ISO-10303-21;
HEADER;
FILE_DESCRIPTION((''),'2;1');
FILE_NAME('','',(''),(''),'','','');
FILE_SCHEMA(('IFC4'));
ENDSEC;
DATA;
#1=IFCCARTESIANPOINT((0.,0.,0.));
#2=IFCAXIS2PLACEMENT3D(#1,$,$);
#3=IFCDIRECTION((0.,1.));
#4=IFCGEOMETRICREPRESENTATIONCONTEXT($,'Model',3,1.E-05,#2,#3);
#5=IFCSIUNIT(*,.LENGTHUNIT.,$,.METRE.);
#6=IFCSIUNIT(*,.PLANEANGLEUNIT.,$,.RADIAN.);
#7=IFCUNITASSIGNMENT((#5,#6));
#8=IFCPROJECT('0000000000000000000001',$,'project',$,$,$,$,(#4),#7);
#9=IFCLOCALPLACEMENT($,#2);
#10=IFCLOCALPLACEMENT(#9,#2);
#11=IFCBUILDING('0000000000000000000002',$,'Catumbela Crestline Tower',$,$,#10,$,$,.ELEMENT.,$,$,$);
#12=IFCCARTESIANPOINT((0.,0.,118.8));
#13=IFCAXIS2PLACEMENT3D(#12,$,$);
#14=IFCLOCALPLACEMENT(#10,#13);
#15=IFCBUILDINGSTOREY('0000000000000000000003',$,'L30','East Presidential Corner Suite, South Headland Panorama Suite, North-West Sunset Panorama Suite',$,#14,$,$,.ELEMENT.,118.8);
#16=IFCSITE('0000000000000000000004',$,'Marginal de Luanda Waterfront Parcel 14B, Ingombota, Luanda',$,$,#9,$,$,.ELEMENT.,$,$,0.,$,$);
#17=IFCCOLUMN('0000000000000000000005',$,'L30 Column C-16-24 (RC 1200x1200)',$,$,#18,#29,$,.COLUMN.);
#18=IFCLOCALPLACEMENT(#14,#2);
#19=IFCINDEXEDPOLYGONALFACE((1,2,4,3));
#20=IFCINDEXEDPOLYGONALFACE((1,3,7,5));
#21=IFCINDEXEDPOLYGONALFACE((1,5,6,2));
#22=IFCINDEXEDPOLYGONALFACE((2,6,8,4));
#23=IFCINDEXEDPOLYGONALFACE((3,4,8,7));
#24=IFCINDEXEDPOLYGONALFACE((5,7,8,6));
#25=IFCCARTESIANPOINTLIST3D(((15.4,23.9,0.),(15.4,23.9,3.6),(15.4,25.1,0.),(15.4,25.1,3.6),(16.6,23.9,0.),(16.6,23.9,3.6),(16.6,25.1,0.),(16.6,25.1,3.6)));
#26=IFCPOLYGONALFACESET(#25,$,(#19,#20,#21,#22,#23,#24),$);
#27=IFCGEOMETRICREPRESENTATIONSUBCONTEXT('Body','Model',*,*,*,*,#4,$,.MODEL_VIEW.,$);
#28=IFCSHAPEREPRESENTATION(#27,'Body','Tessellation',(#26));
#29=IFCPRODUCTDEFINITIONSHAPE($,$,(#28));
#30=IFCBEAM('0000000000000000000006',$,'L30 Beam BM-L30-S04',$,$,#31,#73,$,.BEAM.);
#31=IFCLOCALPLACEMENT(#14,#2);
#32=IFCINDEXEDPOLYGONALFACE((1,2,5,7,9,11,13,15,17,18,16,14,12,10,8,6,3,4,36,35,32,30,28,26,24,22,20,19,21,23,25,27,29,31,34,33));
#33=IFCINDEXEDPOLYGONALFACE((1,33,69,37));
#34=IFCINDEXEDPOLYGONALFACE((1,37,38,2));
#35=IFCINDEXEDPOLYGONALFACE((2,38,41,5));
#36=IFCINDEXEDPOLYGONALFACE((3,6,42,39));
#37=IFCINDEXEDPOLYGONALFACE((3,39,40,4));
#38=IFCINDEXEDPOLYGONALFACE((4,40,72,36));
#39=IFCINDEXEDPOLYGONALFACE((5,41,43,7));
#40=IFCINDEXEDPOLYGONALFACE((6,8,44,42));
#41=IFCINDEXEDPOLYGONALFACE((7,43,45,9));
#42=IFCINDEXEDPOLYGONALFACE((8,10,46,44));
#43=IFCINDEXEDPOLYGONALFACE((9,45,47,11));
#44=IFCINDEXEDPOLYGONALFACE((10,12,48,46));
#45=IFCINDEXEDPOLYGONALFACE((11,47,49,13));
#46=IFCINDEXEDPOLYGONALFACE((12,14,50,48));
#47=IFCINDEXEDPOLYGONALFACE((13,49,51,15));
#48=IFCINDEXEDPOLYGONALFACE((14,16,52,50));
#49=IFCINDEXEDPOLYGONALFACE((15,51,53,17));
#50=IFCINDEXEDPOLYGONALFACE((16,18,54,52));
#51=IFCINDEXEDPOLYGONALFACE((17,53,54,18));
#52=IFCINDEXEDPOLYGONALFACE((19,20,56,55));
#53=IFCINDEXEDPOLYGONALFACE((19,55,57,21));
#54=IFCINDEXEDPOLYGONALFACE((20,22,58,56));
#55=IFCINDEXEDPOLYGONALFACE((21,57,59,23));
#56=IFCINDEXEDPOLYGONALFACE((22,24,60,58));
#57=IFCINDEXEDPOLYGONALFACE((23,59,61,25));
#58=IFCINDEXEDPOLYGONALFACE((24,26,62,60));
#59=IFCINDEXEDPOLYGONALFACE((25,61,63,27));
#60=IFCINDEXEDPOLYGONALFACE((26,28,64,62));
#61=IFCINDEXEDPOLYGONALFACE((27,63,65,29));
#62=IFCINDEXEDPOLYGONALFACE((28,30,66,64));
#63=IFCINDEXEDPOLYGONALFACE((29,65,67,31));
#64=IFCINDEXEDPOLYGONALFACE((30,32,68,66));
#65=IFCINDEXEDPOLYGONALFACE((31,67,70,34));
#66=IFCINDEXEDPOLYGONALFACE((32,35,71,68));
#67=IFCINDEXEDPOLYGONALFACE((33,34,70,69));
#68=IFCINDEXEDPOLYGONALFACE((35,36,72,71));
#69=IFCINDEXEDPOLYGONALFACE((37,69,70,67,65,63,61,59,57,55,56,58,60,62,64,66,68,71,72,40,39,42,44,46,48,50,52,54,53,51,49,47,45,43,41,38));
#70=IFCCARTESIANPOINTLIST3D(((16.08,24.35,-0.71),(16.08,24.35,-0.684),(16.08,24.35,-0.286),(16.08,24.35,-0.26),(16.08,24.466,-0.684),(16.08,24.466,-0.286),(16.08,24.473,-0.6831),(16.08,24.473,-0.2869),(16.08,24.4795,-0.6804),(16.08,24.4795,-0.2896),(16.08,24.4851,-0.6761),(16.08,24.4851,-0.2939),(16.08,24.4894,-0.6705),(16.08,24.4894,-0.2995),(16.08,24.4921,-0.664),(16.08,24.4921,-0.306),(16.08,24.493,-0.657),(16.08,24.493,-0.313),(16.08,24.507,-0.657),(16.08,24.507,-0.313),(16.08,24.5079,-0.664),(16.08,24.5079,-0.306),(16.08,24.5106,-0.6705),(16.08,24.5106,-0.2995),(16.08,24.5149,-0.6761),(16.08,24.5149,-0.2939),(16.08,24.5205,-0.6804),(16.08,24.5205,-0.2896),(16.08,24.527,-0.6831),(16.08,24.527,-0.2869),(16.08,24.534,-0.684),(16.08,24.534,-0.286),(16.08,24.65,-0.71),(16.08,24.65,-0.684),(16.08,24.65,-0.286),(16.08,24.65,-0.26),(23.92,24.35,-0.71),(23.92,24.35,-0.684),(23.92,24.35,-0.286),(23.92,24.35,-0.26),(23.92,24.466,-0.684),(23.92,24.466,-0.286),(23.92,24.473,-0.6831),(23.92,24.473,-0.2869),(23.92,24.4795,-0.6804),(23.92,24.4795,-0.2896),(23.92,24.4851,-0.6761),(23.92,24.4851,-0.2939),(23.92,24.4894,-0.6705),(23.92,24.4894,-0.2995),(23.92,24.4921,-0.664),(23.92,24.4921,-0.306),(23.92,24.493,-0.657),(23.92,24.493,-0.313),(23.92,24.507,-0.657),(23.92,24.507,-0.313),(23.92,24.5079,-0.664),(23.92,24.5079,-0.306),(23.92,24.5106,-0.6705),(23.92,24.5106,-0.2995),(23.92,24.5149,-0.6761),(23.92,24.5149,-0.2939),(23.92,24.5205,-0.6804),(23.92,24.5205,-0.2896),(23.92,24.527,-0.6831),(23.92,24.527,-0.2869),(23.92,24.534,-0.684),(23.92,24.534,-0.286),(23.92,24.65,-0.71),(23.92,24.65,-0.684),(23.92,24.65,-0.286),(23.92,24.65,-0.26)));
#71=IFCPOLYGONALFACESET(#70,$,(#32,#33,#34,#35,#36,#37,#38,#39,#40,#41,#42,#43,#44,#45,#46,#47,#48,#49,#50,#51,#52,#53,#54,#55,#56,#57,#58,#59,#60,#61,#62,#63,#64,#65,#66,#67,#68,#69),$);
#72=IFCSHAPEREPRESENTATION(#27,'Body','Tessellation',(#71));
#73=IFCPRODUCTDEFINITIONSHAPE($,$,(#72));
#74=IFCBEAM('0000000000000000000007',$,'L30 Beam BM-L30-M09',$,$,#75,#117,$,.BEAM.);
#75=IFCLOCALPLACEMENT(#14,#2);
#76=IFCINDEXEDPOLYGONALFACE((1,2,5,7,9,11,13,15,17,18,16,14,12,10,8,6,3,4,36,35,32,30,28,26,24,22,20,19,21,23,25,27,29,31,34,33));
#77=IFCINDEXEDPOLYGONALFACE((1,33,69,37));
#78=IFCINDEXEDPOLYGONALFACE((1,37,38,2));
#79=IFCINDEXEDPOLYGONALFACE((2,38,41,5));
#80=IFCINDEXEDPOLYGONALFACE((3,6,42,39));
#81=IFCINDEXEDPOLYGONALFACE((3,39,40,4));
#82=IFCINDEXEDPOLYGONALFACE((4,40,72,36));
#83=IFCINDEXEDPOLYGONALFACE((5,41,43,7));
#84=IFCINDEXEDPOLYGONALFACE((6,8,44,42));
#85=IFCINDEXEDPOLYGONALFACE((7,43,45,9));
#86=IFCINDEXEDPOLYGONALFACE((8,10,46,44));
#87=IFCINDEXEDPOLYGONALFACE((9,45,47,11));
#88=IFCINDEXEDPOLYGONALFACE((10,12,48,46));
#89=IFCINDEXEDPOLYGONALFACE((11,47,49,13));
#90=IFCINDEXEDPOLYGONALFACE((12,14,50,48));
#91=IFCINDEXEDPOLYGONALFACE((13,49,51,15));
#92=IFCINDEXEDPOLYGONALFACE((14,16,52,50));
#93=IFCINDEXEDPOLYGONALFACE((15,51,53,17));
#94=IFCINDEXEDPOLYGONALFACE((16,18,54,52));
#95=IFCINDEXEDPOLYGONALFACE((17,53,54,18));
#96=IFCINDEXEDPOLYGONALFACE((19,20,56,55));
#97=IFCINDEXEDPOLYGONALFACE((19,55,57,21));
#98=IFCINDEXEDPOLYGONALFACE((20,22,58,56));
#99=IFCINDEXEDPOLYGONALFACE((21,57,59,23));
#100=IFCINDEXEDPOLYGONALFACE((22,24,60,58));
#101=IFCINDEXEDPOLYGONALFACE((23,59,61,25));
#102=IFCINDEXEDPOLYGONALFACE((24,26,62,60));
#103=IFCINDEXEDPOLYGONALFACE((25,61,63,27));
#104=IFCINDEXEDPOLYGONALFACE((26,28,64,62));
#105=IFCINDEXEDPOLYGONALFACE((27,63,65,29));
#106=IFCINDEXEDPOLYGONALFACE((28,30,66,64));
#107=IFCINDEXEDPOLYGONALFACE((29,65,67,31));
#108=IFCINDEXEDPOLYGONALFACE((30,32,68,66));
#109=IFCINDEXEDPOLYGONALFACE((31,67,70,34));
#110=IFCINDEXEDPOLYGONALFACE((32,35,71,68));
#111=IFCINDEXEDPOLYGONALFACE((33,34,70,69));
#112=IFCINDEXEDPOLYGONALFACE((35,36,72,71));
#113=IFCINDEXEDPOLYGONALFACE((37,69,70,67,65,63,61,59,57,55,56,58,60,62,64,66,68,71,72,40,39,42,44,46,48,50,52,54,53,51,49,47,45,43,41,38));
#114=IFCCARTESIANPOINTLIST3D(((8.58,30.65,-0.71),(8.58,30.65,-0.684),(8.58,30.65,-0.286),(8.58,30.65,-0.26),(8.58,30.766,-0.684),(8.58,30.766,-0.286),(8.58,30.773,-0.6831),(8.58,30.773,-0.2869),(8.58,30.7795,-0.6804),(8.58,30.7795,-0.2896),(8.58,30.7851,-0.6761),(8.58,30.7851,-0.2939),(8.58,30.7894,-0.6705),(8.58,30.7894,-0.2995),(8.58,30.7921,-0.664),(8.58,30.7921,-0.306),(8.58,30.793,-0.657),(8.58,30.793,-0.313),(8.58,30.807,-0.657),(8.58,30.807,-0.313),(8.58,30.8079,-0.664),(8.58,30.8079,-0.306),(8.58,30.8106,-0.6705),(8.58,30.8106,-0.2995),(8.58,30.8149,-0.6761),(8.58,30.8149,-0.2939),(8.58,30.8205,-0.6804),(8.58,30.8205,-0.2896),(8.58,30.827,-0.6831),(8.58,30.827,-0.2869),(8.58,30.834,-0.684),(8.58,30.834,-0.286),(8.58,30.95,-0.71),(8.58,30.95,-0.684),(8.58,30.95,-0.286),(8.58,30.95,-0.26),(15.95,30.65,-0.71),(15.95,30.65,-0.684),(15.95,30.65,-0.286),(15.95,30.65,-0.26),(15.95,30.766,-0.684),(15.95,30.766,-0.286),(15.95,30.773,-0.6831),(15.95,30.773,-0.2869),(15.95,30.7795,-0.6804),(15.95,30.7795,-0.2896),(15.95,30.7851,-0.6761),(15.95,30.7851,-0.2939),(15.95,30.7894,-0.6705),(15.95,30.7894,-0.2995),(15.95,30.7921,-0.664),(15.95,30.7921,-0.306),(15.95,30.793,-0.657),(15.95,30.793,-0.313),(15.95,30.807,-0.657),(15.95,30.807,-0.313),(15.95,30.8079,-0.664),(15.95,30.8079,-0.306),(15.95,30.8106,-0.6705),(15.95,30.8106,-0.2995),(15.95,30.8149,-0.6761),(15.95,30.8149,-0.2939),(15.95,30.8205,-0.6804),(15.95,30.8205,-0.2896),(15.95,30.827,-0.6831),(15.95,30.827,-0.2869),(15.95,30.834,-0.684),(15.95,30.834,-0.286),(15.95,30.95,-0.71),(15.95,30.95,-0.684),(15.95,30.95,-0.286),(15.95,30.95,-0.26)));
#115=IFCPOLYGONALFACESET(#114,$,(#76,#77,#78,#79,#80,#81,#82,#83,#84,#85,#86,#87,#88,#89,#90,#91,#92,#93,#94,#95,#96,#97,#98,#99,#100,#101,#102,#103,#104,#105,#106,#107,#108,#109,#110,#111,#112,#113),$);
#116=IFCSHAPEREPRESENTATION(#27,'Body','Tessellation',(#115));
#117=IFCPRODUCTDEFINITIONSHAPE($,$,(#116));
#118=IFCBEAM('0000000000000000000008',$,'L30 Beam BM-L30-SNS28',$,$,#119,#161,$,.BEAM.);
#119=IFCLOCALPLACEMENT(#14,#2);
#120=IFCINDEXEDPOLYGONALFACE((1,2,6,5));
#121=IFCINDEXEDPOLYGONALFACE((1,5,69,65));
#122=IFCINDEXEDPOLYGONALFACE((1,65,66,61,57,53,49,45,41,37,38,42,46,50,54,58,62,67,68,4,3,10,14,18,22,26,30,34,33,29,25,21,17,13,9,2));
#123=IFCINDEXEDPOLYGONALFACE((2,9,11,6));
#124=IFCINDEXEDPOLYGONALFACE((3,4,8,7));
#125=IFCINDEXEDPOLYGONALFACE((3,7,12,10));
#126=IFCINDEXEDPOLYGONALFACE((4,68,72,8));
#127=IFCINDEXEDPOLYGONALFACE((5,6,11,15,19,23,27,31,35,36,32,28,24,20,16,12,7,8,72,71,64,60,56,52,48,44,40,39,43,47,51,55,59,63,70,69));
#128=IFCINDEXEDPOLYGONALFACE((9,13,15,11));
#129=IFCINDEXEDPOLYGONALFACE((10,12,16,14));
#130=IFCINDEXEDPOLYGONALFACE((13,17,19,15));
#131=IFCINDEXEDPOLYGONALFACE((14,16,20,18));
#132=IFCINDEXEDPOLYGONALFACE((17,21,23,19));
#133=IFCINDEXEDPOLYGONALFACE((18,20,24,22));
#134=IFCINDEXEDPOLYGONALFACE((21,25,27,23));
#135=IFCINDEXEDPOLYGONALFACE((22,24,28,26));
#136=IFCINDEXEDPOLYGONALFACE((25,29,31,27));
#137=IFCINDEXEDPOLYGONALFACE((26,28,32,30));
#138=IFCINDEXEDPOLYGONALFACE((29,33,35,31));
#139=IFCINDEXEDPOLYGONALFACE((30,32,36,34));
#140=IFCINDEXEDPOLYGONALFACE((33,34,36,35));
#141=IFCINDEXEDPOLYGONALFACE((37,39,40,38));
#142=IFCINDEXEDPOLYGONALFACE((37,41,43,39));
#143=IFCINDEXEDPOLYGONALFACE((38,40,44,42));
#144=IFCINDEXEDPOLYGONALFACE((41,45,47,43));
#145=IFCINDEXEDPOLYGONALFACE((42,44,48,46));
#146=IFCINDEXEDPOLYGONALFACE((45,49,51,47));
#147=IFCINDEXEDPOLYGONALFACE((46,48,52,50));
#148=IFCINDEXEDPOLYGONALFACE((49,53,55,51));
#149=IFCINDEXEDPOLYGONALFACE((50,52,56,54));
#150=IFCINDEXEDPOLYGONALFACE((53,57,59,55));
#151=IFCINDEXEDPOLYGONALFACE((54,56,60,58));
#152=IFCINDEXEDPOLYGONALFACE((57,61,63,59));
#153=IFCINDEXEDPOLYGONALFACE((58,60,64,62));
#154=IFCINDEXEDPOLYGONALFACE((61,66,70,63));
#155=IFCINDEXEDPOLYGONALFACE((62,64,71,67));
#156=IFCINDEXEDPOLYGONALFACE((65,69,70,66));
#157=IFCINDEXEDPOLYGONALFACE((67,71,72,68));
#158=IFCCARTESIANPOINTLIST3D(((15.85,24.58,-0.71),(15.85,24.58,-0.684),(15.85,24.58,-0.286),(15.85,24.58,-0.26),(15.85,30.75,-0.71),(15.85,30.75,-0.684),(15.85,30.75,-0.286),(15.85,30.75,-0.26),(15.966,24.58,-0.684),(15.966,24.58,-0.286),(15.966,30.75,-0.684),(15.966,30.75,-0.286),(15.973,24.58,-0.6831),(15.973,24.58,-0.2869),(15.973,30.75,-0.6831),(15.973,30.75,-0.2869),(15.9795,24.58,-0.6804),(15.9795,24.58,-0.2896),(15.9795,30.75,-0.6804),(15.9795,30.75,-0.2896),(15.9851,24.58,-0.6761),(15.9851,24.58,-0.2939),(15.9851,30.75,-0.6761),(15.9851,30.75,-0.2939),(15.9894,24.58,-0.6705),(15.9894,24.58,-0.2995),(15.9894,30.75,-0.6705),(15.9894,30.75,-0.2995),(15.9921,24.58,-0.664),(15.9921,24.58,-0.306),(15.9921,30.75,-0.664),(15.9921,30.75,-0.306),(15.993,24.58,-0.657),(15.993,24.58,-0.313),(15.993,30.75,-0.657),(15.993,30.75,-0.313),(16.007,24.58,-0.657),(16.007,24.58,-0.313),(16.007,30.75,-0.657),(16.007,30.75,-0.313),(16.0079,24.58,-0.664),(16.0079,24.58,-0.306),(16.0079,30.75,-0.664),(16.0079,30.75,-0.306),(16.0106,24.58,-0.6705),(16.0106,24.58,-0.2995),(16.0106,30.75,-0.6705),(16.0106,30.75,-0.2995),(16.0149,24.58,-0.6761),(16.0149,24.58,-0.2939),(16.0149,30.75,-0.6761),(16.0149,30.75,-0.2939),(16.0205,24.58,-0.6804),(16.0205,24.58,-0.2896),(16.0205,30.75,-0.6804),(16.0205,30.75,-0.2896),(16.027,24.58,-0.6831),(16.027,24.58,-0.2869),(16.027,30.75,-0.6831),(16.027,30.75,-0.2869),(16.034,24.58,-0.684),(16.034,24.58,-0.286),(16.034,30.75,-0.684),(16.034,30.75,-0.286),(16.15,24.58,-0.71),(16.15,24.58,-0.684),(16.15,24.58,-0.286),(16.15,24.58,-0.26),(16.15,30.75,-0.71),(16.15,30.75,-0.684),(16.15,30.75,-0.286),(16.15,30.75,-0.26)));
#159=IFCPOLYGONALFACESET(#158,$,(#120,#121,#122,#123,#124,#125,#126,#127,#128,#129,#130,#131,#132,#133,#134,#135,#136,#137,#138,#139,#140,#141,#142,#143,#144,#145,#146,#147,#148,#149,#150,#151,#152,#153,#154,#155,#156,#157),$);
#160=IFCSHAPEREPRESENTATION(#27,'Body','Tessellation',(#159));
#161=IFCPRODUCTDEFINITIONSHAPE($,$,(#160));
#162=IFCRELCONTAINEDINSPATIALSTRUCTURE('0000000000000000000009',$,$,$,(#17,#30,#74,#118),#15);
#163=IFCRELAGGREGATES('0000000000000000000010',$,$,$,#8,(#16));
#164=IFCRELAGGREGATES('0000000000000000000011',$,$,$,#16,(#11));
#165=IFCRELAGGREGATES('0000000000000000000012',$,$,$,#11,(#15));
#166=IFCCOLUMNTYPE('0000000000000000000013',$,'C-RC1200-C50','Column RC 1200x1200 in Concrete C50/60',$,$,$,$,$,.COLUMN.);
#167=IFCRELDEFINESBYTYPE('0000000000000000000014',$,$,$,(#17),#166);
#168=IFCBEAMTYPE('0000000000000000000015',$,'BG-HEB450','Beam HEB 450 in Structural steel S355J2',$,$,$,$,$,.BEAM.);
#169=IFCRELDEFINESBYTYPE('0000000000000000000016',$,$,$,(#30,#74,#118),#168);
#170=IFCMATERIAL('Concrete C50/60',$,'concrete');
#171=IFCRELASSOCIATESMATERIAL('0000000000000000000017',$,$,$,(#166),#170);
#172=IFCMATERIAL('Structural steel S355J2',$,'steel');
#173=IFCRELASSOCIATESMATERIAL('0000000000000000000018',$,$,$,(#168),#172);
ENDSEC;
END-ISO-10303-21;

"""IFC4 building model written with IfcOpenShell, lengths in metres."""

from ifc_helpers import new_model, si_unit, direction, frame, origin, origin_2d, place, context, subcontext, project, spatial, rectangle, i_section, extrude, material, material_profile, profile_set, type_object, element, save


model = new_model("IFC4")

# Units and contexts
model_context = context("Model", 3, precision=1e-05, world=origin(), true_north=direction((0.0, 1.0)))
body_context = subcontext(model_context, "Body", "Model", "MODEL_VIEW")
ifc_project = project(units=[si_unit("LENGTHUNIT", "METRE"), si_unit("PLANEANGLEUNIT", "RADIAN")], contexts=[model_context])

# Site, building, storey
site_placement = place(None, origin())
site = spatial("IfcSite", under=ifc_project, at=site_placement, Name="Marginal de Luanda Waterfront Parcel 14B, Ingombota, Luanda", CompositionType="ELEMENT", RefElevation=0.0)
building_placement = place(site_placement, origin())
building = spatial("IfcBuilding", under=site, at=building_placement, Name="Catumbela Crestline Tower", CompositionType="ELEMENT")
storey_placement = place(building_placement, frame((0.0, 0.0, 118.8)))
storey = spatial("IfcBuildingStorey", under=building, at=storey_placement, Name="L30", Description="East Presidential Corner Suite, South Headland Panorama Suite, North-West Sunset Panorama Suite", CompositionType="ELEMENT", Elevation=118.8)

# Column
ifc_material_1 = material(Name="Concrete C50/60", Category="concrete")
ifc_material_profile_1 = material_profile(ifc_material_1, rectangle(XDim=1.2, YDim=1.2, at=origin_2d()), Name="RC 1200x1200")
ifc_profile_set_1 = profile_set([ifc_material_profile_1], Name="Concrete C50/60")
column_type = type_object("IfcColumnType", Name="C-RC1200-C50", Description="Column RC 1200x1200 in Concrete C50/60", PredefinedType="COLUMN", material=ifc_profile_set_1)
column_placement = place(storey_placement, frame((16.0, 24.5, 0.0), z_axis=(0.0, 0.0, 1.0), x_axis=(1.0, 0.0, 0.0)))
element("IfcColumn", 1, at=column_placement, inside=storey, type_object=column_type, Name="L30 Column C-16-24 (RC 1200x1200)", PredefinedType="COLUMN", context=body_context, shape_type="SweptSolid", body=[
    extrude(rectangle(XDim=1.2, YDim=1.2, at=origin_2d()), origin(), (0.0, 0.0, 1.0), 3.6),
])

# Beams
ifc_material_2 = material(Name="Structural steel S355J2", Category="steel")
ifc_material_profile_2 = material_profile(ifc_material_2, i_section(OverallWidth=0.3, OverallDepth=0.45, WebThickness=0.014, FlangeThickness=0.026, FilletRadius=0.027, at=origin_2d()), Name="HEB 450")
ifc_profile_set_2 = profile_set([ifc_material_profile_2], Name="Structural steel S355J2")
beam_type = type_object("IfcBeamType", Name="BG-HEB450", Description="Beam HEB 450 in Structural steel S355J2", PredefinedType="BEAM", material=ifc_profile_set_2)
beam_1_placement = place(storey_placement, frame((16.08, 24.5, -0.485), z_axis=(1.0, 0.0, 0.0), x_axis=(0.0, 1.0, 0.0)))
element("IfcBeam", 2, at=beam_1_placement, inside=storey, type_object=beam_type, Name="L30 Beam BM-L30-S04", PredefinedType="BEAM", context=body_context, shape_type="SweptSolid", body=[
    extrude(i_section(OverallWidth=0.3, OverallDepth=0.45, WebThickness=0.014, FlangeThickness=0.026, FilletRadius=0.027, at=origin_2d()), origin(), (0.0, 0.0, 1.0), 7.84),
])
beam_2_placement = place(storey_placement, frame((8.58, 30.8, -0.485), z_axis=(1.0, 0.0, 0.0), x_axis=(0.0, 1.0, 0.0)))
element("IfcBeam", 3, at=beam_2_placement, inside=storey, type_object=beam_type, Name="L30 Beam BM-L30-M09", PredefinedType="BEAM", context=body_context, shape_type="SweptSolid", body=[
    extrude(i_section(OverallWidth=0.3, OverallDepth=0.45, WebThickness=0.014, FlangeThickness=0.026, FilletRadius=0.027, at=origin_2d()), origin(), (0.0, 0.0, 1.0), 7.37),
])
beam_3_placement = place(storey_placement, frame((16.0, 24.58, -0.485), z_axis=(0.0, 1.0, 0.0), x_axis=(-1.0, 0.0, 0.0)))
element("IfcBeam", 4, at=beam_3_placement, inside=storey, type_object=beam_type, Name="L30 Beam BM-L30-SNS28", PredefinedType="BEAM", context=body_context, shape_type="SweptSolid", body=[
    extrude(i_section(OverallWidth=0.3, OverallDepth=0.45, WebThickness=0.014, FlangeThickness=0.026, FilletRadius=0.027, at=origin_2d()), origin(), (0.0, 0.0, 1.0), 6.17),
])

save(model, "model.ifc")
